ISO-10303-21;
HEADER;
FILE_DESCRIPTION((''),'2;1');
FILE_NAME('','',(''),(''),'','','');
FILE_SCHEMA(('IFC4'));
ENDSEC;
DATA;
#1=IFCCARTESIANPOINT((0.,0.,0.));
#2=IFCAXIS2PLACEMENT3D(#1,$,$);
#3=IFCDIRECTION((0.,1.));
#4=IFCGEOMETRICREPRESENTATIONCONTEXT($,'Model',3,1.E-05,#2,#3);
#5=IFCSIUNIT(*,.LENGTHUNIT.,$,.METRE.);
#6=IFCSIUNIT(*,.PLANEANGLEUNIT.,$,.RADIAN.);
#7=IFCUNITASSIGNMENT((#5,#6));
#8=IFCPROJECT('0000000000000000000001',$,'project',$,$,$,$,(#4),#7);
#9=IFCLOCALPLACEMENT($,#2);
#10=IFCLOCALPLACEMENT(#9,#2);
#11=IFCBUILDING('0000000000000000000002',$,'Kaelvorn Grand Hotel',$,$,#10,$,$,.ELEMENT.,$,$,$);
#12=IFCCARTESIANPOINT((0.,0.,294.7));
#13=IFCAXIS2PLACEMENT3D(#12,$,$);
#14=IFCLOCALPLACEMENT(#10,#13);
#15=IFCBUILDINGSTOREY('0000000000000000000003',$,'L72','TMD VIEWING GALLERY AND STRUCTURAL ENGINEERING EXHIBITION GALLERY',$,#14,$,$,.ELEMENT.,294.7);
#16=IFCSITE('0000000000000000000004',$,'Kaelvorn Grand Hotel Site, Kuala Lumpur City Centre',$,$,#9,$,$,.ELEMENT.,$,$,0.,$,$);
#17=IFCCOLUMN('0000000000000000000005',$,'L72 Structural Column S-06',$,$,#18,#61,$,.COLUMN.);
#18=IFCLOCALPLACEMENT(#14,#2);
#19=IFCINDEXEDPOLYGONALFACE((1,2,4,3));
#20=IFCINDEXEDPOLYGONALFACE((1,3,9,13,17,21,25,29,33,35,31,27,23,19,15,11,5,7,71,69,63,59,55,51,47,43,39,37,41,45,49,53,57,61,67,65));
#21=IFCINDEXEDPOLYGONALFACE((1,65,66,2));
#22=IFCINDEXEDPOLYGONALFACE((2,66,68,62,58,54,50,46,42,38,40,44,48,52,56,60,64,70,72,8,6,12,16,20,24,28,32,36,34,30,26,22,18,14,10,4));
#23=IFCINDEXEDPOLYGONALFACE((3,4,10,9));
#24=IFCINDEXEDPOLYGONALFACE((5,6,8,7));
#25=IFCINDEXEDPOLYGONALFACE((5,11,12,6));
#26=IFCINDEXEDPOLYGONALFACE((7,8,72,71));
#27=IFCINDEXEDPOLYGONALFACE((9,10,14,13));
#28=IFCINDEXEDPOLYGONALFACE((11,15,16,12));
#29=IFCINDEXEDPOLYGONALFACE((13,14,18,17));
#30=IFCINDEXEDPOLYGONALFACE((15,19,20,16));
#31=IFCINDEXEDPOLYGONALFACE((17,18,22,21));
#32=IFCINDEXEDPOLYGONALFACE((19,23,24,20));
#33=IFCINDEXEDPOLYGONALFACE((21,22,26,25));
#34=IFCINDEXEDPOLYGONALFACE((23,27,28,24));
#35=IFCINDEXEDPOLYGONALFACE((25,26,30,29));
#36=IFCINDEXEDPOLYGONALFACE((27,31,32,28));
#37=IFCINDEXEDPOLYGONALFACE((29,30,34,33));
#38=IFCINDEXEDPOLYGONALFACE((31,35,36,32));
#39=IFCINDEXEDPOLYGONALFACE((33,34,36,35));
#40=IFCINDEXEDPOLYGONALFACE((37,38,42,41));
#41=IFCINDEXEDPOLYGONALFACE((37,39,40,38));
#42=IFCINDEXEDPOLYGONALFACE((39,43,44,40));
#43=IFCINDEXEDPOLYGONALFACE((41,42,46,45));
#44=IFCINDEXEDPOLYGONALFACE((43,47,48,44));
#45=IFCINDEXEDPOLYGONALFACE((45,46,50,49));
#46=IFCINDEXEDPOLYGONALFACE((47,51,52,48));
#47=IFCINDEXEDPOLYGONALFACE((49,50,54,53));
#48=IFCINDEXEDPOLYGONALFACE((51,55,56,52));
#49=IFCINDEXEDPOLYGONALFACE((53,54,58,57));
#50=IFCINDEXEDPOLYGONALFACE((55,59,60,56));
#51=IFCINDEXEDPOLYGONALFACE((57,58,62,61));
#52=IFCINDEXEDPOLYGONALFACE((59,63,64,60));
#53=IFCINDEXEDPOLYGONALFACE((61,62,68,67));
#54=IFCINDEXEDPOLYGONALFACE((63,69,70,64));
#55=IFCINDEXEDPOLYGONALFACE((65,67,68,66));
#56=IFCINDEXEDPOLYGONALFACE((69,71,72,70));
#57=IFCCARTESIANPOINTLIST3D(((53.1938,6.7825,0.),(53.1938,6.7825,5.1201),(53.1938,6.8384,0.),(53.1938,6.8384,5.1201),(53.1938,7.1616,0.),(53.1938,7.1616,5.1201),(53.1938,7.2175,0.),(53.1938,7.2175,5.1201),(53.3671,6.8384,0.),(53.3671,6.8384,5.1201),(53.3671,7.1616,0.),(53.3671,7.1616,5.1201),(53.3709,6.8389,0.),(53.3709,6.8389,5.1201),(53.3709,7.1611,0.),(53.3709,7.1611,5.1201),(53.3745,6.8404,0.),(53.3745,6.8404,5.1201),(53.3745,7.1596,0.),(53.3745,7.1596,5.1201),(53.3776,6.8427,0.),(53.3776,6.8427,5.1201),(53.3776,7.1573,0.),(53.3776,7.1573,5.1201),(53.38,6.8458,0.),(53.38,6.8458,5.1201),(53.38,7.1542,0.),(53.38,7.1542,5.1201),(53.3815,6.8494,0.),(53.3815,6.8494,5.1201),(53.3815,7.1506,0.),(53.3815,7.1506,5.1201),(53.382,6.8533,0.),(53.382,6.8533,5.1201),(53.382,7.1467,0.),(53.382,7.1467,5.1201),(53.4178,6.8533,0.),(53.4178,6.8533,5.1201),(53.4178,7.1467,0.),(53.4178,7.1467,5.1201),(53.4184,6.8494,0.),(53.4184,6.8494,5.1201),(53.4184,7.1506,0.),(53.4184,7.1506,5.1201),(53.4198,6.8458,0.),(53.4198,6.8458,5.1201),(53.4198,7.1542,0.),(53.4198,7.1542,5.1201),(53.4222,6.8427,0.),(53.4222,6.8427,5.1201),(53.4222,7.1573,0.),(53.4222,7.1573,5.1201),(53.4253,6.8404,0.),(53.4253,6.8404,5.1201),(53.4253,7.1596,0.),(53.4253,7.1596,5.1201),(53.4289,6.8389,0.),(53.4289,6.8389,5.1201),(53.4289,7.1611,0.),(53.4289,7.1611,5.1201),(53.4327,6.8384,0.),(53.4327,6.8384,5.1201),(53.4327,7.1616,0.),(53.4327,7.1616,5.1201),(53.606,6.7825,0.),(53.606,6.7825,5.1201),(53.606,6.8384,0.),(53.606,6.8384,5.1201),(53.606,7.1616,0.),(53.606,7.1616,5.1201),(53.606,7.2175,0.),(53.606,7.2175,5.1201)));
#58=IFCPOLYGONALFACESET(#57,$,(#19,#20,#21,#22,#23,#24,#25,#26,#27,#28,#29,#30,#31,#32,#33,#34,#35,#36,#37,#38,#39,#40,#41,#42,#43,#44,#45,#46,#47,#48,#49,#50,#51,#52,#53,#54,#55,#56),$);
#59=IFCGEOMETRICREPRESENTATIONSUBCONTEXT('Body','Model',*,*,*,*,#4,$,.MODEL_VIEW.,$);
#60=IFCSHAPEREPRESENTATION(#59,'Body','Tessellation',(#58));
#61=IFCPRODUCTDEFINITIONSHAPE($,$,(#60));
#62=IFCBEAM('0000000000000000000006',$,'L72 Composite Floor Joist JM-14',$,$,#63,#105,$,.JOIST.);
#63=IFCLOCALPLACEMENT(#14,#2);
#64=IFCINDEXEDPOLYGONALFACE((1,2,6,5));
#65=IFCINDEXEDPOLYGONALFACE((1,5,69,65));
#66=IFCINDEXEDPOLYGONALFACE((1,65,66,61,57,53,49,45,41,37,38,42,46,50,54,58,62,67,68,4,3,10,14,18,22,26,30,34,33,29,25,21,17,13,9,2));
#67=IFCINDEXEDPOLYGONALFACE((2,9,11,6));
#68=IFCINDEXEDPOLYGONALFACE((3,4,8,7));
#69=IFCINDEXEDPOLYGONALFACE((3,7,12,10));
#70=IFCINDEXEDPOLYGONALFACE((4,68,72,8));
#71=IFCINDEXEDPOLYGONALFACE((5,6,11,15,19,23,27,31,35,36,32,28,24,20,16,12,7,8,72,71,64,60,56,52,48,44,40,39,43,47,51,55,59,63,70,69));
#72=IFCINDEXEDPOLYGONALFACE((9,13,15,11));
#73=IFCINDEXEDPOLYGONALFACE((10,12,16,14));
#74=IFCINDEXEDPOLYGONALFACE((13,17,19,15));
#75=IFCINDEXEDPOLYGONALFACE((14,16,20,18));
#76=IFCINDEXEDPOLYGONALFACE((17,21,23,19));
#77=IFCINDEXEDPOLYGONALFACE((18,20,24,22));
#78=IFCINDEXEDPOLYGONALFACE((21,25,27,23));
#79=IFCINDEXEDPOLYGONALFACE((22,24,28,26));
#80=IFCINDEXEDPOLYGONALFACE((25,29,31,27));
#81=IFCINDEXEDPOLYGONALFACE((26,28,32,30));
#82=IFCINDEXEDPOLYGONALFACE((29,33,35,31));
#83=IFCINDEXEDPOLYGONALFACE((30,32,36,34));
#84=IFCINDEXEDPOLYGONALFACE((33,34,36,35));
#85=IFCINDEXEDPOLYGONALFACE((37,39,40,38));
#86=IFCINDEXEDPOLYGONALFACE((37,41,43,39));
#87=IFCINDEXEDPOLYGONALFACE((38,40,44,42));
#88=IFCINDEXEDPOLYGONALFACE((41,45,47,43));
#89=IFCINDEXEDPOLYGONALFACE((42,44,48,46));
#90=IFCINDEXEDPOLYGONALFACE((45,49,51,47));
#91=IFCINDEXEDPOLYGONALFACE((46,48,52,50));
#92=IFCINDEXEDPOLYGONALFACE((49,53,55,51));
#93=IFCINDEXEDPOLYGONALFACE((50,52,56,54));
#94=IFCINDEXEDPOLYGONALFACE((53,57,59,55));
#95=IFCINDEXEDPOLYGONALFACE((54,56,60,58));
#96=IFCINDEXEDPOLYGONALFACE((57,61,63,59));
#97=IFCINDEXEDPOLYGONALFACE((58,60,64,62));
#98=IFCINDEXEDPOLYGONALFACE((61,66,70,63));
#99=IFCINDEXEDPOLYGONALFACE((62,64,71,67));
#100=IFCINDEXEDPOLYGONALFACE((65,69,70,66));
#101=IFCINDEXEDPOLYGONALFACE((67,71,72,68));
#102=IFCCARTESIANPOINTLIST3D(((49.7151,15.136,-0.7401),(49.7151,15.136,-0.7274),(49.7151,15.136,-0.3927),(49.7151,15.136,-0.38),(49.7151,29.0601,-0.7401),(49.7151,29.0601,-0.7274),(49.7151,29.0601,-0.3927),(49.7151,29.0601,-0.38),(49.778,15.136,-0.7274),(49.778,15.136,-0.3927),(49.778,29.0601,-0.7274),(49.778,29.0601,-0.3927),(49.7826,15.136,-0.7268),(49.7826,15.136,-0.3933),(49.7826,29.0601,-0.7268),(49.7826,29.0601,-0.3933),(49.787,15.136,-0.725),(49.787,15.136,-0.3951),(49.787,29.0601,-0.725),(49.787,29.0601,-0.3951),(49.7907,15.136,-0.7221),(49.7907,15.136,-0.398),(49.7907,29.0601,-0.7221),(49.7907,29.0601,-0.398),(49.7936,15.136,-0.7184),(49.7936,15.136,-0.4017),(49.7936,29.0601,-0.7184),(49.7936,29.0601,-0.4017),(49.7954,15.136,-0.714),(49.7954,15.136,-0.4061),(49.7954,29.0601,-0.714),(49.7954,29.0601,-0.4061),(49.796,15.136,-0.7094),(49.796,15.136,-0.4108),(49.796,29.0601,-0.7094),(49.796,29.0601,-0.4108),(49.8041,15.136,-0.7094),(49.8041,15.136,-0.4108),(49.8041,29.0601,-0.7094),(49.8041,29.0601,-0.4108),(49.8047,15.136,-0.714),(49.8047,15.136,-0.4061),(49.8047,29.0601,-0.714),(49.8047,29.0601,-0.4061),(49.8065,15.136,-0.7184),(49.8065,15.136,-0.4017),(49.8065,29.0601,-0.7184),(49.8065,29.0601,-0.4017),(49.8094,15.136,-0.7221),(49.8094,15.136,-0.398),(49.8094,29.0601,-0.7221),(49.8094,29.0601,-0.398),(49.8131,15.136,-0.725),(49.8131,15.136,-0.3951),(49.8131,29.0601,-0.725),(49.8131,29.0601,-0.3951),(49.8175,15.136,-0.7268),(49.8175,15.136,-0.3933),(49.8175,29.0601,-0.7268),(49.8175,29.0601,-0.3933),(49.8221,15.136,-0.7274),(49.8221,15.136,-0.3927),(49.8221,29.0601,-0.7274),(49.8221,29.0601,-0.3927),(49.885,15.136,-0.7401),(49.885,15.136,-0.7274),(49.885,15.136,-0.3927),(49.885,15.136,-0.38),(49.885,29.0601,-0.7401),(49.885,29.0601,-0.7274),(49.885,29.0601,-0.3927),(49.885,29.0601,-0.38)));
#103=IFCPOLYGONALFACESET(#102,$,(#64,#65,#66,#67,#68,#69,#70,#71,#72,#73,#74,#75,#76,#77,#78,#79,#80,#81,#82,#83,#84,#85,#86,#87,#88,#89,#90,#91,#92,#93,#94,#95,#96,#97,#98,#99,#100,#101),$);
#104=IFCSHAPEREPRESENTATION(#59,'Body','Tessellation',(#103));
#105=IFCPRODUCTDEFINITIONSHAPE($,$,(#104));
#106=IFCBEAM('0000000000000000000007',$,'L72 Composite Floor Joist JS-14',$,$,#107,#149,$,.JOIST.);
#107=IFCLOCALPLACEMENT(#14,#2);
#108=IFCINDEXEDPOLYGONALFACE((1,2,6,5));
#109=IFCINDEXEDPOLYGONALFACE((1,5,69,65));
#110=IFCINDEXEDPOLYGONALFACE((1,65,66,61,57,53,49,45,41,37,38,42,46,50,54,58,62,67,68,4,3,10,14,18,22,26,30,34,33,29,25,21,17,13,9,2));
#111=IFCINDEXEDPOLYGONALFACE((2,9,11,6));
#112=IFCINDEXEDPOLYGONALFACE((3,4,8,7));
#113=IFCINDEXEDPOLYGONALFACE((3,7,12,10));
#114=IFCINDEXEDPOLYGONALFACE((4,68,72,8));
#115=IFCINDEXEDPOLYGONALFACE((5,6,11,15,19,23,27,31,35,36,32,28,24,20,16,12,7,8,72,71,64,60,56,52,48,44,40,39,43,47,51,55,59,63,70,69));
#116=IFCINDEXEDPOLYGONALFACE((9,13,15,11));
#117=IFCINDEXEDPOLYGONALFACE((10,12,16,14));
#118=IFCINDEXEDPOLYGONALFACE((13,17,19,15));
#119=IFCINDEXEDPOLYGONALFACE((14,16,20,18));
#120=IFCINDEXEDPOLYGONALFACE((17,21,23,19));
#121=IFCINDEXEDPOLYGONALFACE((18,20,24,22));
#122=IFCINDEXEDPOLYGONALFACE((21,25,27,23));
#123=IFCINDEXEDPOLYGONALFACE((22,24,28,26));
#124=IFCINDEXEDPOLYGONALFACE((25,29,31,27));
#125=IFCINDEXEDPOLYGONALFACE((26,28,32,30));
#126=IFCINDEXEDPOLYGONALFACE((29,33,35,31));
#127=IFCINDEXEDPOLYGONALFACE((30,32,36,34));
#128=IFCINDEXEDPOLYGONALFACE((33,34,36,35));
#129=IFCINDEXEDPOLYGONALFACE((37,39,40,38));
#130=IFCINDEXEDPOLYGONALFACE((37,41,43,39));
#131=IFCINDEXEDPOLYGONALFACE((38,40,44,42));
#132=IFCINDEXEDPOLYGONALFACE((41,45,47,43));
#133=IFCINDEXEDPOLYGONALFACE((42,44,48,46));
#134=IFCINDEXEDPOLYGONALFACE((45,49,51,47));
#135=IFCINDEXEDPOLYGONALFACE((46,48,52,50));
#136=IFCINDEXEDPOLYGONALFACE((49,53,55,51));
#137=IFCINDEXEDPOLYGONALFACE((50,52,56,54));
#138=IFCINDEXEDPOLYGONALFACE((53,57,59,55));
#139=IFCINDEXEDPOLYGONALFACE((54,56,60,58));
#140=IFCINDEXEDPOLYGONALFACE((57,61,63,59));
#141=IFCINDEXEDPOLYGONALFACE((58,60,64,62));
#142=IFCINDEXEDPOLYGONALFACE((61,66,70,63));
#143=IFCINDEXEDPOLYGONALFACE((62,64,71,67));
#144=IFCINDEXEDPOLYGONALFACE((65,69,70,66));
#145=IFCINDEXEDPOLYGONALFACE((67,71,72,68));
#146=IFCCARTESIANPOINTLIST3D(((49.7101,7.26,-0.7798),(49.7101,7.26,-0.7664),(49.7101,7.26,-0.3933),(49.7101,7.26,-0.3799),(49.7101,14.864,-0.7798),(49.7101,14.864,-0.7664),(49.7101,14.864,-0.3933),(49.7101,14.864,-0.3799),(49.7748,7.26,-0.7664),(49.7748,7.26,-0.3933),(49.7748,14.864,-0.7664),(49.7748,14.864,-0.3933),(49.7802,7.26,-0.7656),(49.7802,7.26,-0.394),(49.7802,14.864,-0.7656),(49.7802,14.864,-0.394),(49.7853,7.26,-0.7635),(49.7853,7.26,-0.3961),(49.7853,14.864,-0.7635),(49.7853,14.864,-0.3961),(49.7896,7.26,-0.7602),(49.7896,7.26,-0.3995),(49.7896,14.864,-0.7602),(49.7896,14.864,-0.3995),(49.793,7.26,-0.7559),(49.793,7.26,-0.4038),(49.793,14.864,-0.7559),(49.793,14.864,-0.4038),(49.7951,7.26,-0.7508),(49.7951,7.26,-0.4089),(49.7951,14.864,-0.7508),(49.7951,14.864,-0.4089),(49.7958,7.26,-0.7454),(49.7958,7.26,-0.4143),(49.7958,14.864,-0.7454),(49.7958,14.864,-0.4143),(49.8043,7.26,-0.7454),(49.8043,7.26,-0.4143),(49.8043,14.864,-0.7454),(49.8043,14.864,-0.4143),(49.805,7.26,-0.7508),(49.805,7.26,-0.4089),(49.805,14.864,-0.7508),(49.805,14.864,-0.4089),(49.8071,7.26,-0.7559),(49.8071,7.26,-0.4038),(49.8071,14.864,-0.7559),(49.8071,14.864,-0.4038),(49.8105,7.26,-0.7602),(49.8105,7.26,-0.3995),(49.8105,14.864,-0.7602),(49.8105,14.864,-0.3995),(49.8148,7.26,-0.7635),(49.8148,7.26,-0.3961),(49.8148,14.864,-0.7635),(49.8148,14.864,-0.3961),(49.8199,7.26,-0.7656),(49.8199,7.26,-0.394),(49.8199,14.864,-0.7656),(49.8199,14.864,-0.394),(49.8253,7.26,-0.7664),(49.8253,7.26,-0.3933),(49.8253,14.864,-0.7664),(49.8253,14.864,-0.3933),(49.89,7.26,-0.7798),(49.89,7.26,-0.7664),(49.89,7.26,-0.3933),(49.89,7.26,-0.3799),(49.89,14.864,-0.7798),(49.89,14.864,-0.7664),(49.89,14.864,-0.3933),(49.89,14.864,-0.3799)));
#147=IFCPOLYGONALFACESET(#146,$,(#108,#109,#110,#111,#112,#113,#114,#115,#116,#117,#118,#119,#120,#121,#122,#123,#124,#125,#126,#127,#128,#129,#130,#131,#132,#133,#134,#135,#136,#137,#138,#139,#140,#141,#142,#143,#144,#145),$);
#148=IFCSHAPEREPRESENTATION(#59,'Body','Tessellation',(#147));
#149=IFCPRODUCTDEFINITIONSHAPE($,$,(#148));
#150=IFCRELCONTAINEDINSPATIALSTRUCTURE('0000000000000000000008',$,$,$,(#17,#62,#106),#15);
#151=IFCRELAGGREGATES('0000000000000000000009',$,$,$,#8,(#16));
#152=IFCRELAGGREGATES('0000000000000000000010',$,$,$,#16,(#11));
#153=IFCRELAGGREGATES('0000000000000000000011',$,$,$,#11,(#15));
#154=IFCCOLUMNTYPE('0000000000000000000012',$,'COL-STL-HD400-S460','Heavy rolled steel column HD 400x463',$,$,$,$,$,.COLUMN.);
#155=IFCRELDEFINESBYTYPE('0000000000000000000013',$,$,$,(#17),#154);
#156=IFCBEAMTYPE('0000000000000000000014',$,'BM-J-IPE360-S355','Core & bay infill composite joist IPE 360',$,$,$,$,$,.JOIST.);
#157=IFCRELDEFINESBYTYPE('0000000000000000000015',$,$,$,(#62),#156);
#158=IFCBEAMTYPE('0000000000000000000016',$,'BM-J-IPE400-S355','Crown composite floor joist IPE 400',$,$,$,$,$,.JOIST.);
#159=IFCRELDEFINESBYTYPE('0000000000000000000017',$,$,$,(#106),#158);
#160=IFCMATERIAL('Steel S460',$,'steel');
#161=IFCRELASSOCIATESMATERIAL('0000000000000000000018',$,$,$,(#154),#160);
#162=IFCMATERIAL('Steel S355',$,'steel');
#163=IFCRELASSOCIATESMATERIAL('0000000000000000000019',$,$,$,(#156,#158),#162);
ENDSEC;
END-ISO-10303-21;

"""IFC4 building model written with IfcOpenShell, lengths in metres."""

from ifc_helpers import new_model, si_unit, direction, frame, origin, origin_2d, place, context, subcontext, project, spatial, i_section, extrude, material, material_profile, profile_set, type_object, element, save


model = new_model("IFC4")

# Units and contexts
model_context = context("Model", 3, precision=1e-05, world=origin(), true_north=direction((0.0, 1.0)))
body_context = subcontext(model_context, "Body", "Model", "MODEL_VIEW")
ifc_project = project(units=[si_unit("LENGTHUNIT", "METRE"), si_unit("PLANEANGLEUNIT", "RADIAN")], contexts=[model_context])

# Site, building, storey
site_placement = place(None, origin())
site = spatial("IfcSite", under=ifc_project, at=site_placement, Name="Kaelvorn Grand Hotel Site, Kuala Lumpur City Centre", CompositionType="ELEMENT", RefElevation=0.0)
building_placement = place(site_placement, origin())
building = spatial("IfcBuilding", under=site, at=building_placement, Name="Kaelvorn Grand Hotel", CompositionType="ELEMENT")
storey_placement = place(building_placement, frame((0.0, 0.0, 294.7)))
storey = spatial("IfcBuildingStorey", under=building, at=storey_placement, Name="L72", Description="TMD VIEWING GALLERY AND STRUCTURAL ENGINEERING EXHIBITION GALLERY", CompositionType="ELEMENT", Elevation=294.7)

# Column
ifc_material_1 = material(Name="Steel S460", Category="steel")
ifc_material_profile_1 = material_profile(ifc_material_1, i_section(OverallWidth=0.4121, OverallDepth=0.4351, WebThickness=0.0359, FlangeThickness=0.0559, FilletRadius=0.0149, at=origin_2d()), Name="HD 400x463")
ifc_profile_set_1 = profile_set([ifc_material_profile_1], Name="Steel S460")
column_type = type_object("IfcColumnType", Name="COL-STL-HD400-S460", Description="Heavy rolled steel column HD 400x463", PredefinedType="COLUMN", material=ifc_profile_set_1)
column_placement = place(storey_placement, frame((53.3999, 7.0, 0.0), z_axis=(0.0, 0.0, 1.0), x_axis=(1.0, 0.0, 0.0)))
element("IfcColumn", 1, at=column_placement, inside=storey, type_object=column_type, Name="L72 Structural Column S-06", PredefinedType="COLUMN", context=body_context, shape_type="SweptSolid", body=[
    extrude(i_section(OverallWidth=0.4121, OverallDepth=0.4351, WebThickness=0.0359, FlangeThickness=0.0559, FilletRadius=0.0149, at=origin_2d()), origin(), (0.0, 0.0, 1.0), 5.1201),
])

# Beams
ifc_material_2 = material(Name="Steel S355", Category="steel")
ifc_material_profile_2 = material_profile(ifc_material_2, i_section(OverallWidth=0.1699, OverallDepth=0.3601, WebThickness=0.0081, FlangeThickness=0.0127, FilletRadius=0.0181, at=origin_2d()), Name="IPE 360")
ifc_profile_set_2 = profile_set([ifc_material_profile_2], Name="Steel S355")
beam_type_1 = type_object("IfcBeamType", Name="BM-J-IPE360-S355", Description="Core & bay infill composite joist IPE 360", PredefinedType="JOIST", material=ifc_profile_set_2)
beam_1_placement = place(storey_placement, frame((49.8, 15.136, -0.5601), z_axis=(0.0, 1.0, 0.0), x_axis=(-1.0, 0.0, 0.0)))
element("IfcBeam", 2, at=beam_1_placement, inside=storey, type_object=beam_type_1, Name="L72 Composite Floor Joist JM-14", PredefinedType="JOIST", context=body_context, shape_type="SweptSolid", body=[
    extrude(i_section(OverallWidth=0.1699, OverallDepth=0.3601, WebThickness=0.0081, FlangeThickness=0.0127, FilletRadius=0.0181, at=origin_2d()), origin(), (0.0, 0.0, 1.0), 13.9241),
])
ifc_material_profile_3 = material_profile(ifc_material_2, i_section(OverallWidth=0.1799, OverallDepth=0.3999, WebThickness=0.0085, FlangeThickness=0.0134, FilletRadius=0.021, at=origin_2d()), Name="IPE 400")
ifc_profile_set_3 = profile_set([ifc_material_profile_3], Name="Steel S355")
beam_type_2 = type_object("IfcBeamType", Name="BM-J-IPE400-S355", Description="Crown composite floor joist IPE 400", PredefinedType="JOIST", material=ifc_profile_set_3)
beam_2_placement = place(storey_placement, frame((49.8, 7.26, -0.5798), z_axis=(0.0, 1.0, 0.0), x_axis=(-1.0, 0.0, 0.0)))
element("IfcBeam", 3, at=beam_2_placement, inside=storey, type_object=beam_type_2, Name="L72 Composite Floor Joist JS-14", PredefinedType="JOIST", context=body_context, shape_type="SweptSolid", body=[
    extrude(i_section(OverallWidth=0.1799, OverallDepth=0.3999, WebThickness=0.0085, FlangeThickness=0.0134, FilletRadius=0.021, at=origin_2d()), origin(), (0.0, 0.0, 1.0), 7.604),
])

save(model, "model.ifc")
